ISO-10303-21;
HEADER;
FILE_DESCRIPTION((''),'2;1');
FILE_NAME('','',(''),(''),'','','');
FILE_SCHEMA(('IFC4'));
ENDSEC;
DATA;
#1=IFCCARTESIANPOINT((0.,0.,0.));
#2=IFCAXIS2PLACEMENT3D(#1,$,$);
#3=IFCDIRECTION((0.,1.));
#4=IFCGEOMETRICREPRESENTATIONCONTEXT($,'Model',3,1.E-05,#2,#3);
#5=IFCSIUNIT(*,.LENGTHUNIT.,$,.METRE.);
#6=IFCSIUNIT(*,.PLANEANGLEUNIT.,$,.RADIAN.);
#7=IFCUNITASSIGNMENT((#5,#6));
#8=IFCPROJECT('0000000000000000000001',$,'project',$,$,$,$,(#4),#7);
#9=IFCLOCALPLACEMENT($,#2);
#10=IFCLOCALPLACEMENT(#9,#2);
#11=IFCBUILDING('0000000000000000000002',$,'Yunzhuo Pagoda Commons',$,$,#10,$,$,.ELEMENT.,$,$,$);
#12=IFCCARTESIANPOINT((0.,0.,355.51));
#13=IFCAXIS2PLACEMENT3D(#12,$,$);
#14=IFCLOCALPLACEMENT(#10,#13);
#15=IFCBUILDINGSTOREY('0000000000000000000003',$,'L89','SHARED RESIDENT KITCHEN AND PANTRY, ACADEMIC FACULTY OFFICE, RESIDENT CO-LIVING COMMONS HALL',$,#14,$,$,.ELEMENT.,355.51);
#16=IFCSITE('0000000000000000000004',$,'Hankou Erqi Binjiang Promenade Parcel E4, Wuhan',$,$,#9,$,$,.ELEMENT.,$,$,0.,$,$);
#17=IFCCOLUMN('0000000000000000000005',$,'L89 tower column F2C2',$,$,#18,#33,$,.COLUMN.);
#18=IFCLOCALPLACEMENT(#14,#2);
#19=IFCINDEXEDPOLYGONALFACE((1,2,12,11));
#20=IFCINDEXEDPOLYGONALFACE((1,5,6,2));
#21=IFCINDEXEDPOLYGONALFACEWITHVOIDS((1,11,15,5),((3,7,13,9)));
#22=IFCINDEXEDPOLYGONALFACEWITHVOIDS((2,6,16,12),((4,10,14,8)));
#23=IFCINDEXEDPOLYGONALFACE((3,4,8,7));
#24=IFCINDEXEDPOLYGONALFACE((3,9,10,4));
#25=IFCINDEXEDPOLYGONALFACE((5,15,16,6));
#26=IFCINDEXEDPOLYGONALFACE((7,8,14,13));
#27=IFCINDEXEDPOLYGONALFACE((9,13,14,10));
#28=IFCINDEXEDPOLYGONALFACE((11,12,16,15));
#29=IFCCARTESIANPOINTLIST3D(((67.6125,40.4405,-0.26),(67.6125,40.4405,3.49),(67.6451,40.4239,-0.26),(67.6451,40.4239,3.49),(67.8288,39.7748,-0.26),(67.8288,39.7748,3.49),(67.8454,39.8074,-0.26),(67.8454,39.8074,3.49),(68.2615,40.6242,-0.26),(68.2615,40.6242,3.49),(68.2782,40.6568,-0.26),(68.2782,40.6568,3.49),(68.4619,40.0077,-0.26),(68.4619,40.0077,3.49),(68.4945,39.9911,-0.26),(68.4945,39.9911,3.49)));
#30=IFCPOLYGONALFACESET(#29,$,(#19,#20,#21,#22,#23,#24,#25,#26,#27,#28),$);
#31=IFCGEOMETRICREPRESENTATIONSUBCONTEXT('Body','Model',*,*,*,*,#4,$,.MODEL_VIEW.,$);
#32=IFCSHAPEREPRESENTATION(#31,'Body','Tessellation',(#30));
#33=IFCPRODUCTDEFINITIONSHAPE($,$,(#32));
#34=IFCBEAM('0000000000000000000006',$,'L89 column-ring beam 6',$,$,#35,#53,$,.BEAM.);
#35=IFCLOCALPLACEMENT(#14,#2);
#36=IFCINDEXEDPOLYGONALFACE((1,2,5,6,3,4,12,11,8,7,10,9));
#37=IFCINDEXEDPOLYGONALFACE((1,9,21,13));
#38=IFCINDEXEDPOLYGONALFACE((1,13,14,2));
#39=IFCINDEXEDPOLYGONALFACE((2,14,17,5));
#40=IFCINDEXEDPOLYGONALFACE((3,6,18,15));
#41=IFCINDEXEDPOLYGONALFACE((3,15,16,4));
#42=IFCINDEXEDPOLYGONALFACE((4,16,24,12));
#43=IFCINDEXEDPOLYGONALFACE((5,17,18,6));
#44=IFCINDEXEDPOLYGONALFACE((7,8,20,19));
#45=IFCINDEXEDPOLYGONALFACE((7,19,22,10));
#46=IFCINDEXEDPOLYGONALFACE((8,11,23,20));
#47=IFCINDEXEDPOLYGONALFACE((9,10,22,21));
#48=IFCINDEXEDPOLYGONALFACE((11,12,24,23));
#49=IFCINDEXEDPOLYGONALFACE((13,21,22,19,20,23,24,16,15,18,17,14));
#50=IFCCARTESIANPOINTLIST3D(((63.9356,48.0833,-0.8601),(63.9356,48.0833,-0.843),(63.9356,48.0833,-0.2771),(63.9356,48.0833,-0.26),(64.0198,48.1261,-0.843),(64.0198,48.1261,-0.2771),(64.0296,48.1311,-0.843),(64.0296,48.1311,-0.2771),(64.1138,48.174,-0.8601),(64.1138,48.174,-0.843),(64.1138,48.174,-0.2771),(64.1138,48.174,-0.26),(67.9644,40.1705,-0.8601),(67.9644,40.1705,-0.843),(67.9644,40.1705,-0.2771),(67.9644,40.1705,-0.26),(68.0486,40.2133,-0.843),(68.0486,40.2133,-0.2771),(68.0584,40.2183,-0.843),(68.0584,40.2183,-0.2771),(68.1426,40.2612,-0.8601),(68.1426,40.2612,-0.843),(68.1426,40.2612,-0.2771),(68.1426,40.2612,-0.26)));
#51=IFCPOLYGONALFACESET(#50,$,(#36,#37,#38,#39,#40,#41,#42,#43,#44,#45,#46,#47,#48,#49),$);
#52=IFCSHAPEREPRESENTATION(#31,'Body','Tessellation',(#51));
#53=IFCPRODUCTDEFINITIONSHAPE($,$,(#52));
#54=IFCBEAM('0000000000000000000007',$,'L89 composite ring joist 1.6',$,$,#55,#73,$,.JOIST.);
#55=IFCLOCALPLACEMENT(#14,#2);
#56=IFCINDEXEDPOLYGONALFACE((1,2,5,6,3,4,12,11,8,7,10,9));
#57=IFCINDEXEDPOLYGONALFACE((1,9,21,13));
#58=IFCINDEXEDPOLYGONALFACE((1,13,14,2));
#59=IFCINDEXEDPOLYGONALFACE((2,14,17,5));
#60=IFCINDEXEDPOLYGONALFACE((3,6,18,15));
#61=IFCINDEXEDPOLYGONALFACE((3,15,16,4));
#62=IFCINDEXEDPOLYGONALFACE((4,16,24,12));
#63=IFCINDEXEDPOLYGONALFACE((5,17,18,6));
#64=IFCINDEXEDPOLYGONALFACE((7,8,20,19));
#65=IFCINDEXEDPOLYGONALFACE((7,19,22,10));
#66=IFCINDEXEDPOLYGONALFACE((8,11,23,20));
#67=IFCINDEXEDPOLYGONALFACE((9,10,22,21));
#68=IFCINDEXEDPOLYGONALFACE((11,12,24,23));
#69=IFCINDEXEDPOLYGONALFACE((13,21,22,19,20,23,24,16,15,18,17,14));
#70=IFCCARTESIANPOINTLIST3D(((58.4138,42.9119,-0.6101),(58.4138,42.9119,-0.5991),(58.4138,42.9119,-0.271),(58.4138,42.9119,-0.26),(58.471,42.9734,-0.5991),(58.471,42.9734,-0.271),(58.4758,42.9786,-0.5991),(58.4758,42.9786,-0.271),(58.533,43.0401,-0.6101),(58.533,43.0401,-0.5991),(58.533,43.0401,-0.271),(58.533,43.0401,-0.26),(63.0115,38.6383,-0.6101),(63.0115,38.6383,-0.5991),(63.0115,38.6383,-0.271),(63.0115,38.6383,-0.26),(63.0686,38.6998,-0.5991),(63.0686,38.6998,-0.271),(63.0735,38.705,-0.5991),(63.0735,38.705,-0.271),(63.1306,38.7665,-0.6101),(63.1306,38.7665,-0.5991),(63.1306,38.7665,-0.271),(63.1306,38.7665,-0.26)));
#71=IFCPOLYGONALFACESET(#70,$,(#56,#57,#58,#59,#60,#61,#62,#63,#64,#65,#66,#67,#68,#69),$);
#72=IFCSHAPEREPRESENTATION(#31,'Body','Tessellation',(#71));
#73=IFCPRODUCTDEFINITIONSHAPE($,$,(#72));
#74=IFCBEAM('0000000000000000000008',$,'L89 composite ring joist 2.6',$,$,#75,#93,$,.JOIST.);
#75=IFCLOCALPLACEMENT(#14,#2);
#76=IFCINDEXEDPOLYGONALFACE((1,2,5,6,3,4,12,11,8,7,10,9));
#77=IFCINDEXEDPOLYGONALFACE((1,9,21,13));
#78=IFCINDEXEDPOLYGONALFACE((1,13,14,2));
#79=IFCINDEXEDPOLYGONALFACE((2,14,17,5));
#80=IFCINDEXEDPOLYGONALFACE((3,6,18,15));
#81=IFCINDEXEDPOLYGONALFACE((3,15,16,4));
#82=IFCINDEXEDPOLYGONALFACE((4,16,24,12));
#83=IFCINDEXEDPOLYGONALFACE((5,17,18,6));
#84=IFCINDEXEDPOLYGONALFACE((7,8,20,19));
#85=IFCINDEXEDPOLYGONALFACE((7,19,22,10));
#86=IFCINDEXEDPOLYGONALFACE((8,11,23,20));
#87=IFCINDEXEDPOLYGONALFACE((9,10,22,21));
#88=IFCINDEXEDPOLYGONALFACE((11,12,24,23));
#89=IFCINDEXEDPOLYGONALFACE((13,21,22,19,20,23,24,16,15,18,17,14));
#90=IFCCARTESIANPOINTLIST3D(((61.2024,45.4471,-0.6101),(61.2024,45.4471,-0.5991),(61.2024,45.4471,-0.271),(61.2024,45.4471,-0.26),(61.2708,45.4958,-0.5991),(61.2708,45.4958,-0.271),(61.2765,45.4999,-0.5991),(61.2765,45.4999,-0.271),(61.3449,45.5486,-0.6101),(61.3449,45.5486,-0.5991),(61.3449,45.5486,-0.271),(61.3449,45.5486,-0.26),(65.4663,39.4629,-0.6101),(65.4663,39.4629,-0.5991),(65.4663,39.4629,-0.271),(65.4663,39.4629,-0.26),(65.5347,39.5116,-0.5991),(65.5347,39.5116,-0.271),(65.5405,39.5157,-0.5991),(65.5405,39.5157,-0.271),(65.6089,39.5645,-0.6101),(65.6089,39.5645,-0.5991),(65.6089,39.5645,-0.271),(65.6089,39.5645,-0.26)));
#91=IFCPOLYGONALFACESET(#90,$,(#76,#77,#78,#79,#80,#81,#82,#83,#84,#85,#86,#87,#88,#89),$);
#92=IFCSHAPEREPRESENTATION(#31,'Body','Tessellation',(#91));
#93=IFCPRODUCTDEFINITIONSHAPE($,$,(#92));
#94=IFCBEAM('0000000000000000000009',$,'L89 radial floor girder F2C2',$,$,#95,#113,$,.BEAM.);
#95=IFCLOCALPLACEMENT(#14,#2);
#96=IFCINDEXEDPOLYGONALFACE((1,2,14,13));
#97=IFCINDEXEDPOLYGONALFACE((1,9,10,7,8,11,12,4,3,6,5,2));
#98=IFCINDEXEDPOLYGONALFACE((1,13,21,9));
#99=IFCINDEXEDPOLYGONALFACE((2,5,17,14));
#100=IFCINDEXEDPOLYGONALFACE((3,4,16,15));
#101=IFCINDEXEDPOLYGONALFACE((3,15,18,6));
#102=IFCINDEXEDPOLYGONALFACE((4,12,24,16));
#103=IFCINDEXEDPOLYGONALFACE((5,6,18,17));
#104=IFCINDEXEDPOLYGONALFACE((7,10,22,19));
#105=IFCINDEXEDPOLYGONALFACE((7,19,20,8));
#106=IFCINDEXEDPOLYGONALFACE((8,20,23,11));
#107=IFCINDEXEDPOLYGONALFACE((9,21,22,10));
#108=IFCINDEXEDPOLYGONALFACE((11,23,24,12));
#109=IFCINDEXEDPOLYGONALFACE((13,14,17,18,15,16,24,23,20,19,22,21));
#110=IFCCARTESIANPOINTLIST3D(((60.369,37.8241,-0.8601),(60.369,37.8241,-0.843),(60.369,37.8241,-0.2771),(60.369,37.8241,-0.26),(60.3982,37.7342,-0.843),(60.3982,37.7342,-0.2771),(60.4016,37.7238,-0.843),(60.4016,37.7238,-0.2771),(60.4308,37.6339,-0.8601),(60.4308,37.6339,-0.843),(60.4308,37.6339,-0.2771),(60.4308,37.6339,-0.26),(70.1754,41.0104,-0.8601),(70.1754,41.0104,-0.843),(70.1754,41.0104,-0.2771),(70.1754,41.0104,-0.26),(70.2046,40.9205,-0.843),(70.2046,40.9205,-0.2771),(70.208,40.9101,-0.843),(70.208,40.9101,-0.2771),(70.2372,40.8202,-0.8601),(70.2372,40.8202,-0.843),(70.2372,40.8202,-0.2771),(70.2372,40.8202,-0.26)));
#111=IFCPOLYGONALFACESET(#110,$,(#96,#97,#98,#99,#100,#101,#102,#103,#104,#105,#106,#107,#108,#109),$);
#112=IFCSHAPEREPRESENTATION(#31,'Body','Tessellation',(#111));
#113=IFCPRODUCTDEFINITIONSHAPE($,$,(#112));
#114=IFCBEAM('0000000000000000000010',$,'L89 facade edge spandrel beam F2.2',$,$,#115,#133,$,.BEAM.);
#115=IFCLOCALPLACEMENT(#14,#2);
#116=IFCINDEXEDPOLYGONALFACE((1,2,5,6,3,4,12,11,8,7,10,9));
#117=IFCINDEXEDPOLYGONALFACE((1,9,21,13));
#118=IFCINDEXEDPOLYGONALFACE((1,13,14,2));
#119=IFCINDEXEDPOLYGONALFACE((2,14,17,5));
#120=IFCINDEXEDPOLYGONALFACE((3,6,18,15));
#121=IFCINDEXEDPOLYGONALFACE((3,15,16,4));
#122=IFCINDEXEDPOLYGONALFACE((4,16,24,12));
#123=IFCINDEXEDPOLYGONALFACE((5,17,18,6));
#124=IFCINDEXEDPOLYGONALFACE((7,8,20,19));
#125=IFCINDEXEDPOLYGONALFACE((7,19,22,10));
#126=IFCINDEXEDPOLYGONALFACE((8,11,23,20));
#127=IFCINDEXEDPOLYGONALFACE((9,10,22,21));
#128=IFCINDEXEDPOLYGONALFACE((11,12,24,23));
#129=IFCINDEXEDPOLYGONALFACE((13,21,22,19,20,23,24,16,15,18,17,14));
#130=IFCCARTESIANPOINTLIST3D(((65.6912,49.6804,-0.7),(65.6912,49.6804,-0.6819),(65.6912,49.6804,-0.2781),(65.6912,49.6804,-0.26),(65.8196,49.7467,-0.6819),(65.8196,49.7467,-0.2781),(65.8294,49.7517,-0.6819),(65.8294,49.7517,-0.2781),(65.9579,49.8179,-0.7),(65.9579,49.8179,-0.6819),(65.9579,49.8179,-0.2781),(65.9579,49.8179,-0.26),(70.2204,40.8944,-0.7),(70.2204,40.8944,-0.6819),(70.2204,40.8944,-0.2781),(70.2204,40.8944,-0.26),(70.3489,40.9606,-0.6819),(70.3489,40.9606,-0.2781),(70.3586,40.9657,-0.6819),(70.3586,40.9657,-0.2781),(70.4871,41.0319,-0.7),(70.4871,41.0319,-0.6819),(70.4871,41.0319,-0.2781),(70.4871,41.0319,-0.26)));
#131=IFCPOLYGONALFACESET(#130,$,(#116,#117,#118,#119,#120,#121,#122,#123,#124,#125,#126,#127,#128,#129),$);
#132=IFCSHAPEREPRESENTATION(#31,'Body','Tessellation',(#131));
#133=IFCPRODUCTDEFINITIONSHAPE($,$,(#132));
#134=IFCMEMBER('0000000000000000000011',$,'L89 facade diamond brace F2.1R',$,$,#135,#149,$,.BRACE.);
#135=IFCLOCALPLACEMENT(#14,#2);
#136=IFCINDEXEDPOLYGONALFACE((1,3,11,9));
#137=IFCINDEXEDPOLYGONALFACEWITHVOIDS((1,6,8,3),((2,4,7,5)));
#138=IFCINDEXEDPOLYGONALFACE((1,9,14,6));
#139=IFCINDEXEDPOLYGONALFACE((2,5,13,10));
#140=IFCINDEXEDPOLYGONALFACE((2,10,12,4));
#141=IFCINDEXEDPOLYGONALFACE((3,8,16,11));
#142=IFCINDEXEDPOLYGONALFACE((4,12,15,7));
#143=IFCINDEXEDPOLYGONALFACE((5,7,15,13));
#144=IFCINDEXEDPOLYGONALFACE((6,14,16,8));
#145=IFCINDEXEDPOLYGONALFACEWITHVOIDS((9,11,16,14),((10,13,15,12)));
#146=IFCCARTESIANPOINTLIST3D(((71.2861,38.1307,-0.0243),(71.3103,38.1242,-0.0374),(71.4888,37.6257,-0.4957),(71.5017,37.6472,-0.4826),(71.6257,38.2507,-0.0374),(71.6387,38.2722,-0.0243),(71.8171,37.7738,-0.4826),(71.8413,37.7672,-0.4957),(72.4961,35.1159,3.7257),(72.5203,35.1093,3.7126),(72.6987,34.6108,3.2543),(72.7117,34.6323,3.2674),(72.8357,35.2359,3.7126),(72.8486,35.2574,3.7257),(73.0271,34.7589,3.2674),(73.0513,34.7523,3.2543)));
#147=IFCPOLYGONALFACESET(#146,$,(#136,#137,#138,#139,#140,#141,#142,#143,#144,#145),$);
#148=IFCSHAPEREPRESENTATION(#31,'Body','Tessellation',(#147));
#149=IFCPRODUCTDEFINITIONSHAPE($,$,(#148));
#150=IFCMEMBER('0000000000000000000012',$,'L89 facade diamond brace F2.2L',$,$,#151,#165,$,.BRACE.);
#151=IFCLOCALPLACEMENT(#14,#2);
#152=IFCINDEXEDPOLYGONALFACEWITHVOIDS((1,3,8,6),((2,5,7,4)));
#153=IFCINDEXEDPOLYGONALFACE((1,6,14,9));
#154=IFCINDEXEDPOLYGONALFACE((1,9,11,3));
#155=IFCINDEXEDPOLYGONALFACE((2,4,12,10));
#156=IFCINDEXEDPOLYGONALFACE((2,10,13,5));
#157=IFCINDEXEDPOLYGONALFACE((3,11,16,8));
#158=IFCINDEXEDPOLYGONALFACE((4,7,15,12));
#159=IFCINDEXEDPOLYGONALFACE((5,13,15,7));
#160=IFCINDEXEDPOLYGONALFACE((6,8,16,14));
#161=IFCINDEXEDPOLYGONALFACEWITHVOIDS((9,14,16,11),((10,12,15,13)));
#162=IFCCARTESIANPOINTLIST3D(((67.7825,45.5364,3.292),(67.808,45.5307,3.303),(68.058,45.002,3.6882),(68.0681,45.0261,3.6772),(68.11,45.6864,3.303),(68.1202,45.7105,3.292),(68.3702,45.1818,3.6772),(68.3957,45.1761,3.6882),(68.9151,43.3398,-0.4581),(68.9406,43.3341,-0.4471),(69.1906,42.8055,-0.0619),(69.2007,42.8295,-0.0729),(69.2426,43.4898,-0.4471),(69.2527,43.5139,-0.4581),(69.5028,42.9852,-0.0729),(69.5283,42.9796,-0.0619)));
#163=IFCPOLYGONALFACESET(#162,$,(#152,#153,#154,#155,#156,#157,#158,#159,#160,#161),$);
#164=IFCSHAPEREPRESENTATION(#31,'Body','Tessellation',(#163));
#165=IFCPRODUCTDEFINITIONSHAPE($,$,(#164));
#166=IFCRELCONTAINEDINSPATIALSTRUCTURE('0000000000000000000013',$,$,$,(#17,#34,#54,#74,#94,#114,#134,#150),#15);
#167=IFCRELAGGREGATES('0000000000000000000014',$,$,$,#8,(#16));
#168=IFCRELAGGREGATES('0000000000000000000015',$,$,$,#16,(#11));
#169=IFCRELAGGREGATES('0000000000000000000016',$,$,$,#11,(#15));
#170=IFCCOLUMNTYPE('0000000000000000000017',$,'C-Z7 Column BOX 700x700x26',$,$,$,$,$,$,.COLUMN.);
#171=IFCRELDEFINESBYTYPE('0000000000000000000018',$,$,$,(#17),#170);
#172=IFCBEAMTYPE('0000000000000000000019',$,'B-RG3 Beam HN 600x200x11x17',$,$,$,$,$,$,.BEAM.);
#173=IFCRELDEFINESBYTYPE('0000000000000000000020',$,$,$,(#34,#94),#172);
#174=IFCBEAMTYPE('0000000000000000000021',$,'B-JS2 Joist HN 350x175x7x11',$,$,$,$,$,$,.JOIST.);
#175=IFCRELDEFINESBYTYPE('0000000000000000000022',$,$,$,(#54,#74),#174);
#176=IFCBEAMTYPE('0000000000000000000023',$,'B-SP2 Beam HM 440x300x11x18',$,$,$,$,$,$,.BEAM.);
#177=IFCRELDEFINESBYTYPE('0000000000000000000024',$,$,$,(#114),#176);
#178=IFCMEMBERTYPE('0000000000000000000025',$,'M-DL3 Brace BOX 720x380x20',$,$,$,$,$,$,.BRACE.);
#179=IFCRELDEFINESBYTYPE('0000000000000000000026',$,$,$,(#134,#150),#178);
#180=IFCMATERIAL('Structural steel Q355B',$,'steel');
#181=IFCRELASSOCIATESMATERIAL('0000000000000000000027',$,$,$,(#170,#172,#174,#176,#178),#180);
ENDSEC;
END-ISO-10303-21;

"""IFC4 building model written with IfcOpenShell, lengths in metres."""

from ifc_helpers import new_model, si_unit, direction, frame, origin, origin_2d, place, context, subcontext, project, spatial, hollow_rectangle, i_section, extrude, source, transform, mapped, material, material_profile, profile_set, type_object, element, save


model = new_model("IFC4")

# Units and contexts
model_context = context("Model", 3, precision=1e-05, world=origin(), true_north=direction((0.0, 1.0)))
body_context = subcontext(model_context, "Body", "Model", "MODEL_VIEW")
ifc_project = project(units=[si_unit("LENGTHUNIT", "METRE"), si_unit("PLANEANGLEUNIT", "RADIAN")], contexts=[model_context])

# Site, building, storey
site_placement = place(None, origin())
site = spatial("IfcSite", under=ifc_project, at=site_placement, Name="Hankou Erqi Binjiang Promenade Parcel E4, Wuhan", CompositionType="ELEMENT", RefElevation=0.0)
building_placement = place(site_placement, origin())
building = spatial("IfcBuilding", under=site, at=building_placement, Name="Yunzhuo Pagoda Commons", CompositionType="ELEMENT")
storey_placement = place(building_placement, frame((0.0, 0.0, 355.51)))
storey = spatial("IfcBuildingStorey", under=building, at=storey_placement, Name="L89", Description="SHARED RESIDENT KITCHEN AND PANTRY, ACADEMIC FACULTY OFFICE, RESIDENT CO-LIVING COMMONS HALL", CompositionType="ELEMENT", Elevation=355.51)

# Column
ifc_material_1 = material(Name="Structural steel Q355B", Category="steel")
ifc_material_profile_1 = material_profile(ifc_material_1, hollow_rectangle(XDim=0.7, YDim=0.7, WallThickness=0.0259, at=origin_2d()), Name="Structural steel Q355B")
ifc_profile_set_1 = profile_set([ifc_material_profile_1], Name="Structural steel Q355B")
column_type = type_object("IfcColumnType", Name="C-Z7 Column BOX 700x700x26", PredefinedType="COLUMN", material=ifc_profile_set_1)
shared_shape_1 = source(origin(), body_context, "Body", "SweptSolid", [
    extrude(hollow_rectangle(XDim=0.7, YDim=0.7, WallThickness=0.0259, at=origin_2d()), origin(), (0.0, 0.0, 1.0), 3.75),
])
column_placement = place(storey_placement, frame((68.0535, 40.2158, -0.26), z_axis=(0.0, 0.0, 1.0), x_axis=(-0.309017, 0.951057, 0.0)))
element("IfcColumn", 1, at=column_placement, inside=storey, type_object=column_type, Name="L89 tower column F2C2", PredefinedType="COLUMN", context=body_context, shape_type="MappedRepresentation", body=[
    mapped(shared_shape_1, transform((0.0, 0.0, 0.0), scale=1.0)),
])

# Beams
ifc_material_profile_2 = material_profile(ifc_material_1, i_section(OverallWidth=0.2, OverallDepth=0.6001, WebThickness=0.011, FlangeThickness=0.0171, at=origin_2d()), Name="Structural steel Q355B")
ifc_profile_set_2 = profile_set([ifc_material_profile_2], Name="Structural steel Q355B")
beam_type_1 = type_object("IfcBeamType", Name="B-RG3 Beam HN 600x200x11x17", PredefinedType="BEAM", material=ifc_profile_set_2)
shared_shape_2 = source(origin(), body_context, "Body", "SweptSolid", [
    extrude(i_section(OverallWidth=0.2, OverallDepth=0.6001, WebThickness=0.011, FlangeThickness=0.0171, at=origin_2d()), origin(), (0.0, 0.0, 1.0), 8.8794),
])
beam_1_placement = place(storey_placement, frame((68.0535, 40.2158, -0.5601), z_axis=(-0.453724, 0.891142, 0.0), x_axis=(-0.891142, -0.453724, 0.0)))
element("IfcBeam", 2, at=beam_1_placement, inside=storey, type_object=beam_type_1, Name="L89 column-ring beam 6", PredefinedType="BEAM", context=body_context, shape_type="MappedRepresentation", body=[
    mapped(shared_shape_2, transform((0.0, 0.0, 0.0), scale=1.0)),
])
ifc_material_profile_3 = material_profile(ifc_material_1, i_section(OverallWidth=0.175, OverallDepth=0.3501, WebThickness=0.0071, FlangeThickness=0.011, at=origin_2d()), Name="Structural steel Q355B")
ifc_profile_set_3 = profile_set([ifc_material_profile_3], Name="Structural steel Q355B")
beam_type_2 = type_object("IfcBeamType", Name="B-JS2 Joist HN 350x175x7x11", PredefinedType="JOIST", material=ifc_profile_set_3)
shared_shape_3 = source(origin(), body_context, "Body", "SweptSolid", [
    extrude(i_section(OverallWidth=0.175, OverallDepth=0.3501, WebThickness=0.0071, FlangeThickness=0.011, at=origin_2d()), origin(), (0.0, 0.0, 1.0), 6.2771),
])
beam_2_placement = place(storey_placement, frame((63.071, 38.7024, -0.4351), z_axis=(-0.732442, 0.68083, 0.0), x_axis=(-0.68083, -0.732442, 0.0)))
element("IfcBeam", 3, at=beam_2_placement, inside=storey, type_object=beam_type_2, Name="L89 composite ring joist 1.6", PredefinedType="JOIST", context=body_context, shape_type="MappedRepresentation", body=[
    mapped(shared_shape_3, transform((0.0, 0.0, 0.0), scale=1.0)),
])
shared_shape_4 = source(origin(), body_context, "Body", "SweptSolid", [
    extrude(i_section(OverallWidth=0.175, OverallDepth=0.3501, WebThickness=0.0071, FlangeThickness=0.011, at=origin_2d()), origin(), (0.0, 0.0, 1.0), 7.3479),
])
beam_3_placement = place(storey_placement, frame((65.5376, 39.5137, -0.4351), z_axis=(-0.580295, 0.814406, 0.0), x_axis=(-0.814406, -0.580295, 0.0)))
element("IfcBeam", 4, at=beam_3_placement, inside=storey, type_object=beam_type_2, Name="L89 composite ring joist 2.6", PredefinedType="JOIST", context=body_context, shape_type="MappedRepresentation", body=[
    mapped(shared_shape_4, transform((0.0, 0.0, 0.0), scale=1.0)),
])
shared_shape_5 = source(origin(), body_context, "Body", "SweptSolid", [
    extrude(i_section(OverallWidth=0.2, OverallDepth=0.6001, WebThickness=0.011, FlangeThickness=0.0171, at=origin_2d()), origin(), (0.0, 0.0, 1.0), 10.311),
])
beam_4_placement = place(storey_placement, frame((70.2063, 40.9153, -0.5601), z_axis=(-0.951057, -0.309016, 0.0), x_axis=(0.309016, -0.951057, 0.0)))
element("IfcBeam", 5, at=beam_4_placement, inside=storey, type_object=beam_type_1, Name="L89 radial floor girder F2C2", PredefinedType="BEAM", context=body_context, shape_type="MappedRepresentation", body=[
    mapped(shared_shape_5, transform((0.0, 0.0, 0.0), scale=1.0)),
])
ifc_material_profile_4 = material_profile(ifc_material_1, i_section(OverallWidth=0.3, OverallDepth=0.4399, WebThickness=0.011, FlangeThickness=0.0181, at=origin_2d()), Name="Structural steel Q355B")
ifc_profile_set_4 = profile_set([ifc_material_profile_4], Name="Structural steel Q355B")
beam_type_3 = type_object("IfcBeamType", Name="B-SP2 Beam HM 440x300x11x18", PredefinedType="BEAM", material=ifc_profile_set_4)
shared_shape_6 = source(origin(), body_context, "Body", "SweptSolid", [
    extrude(i_section(OverallWidth=0.3, OverallDepth=0.4399, WebThickness=0.011, FlangeThickness=0.0181, at=origin_2d()), origin(), (0.0, 0.0, 1.0), 9.8848),
])
beam_5_placement = place(storey_placement, frame((70.3538, 40.9631, -0.48), z_axis=(-0.458205, 0.888847, 0.0), x_axis=(-0.888847, -0.458205, 0.0)))
element("IfcBeam", 6, at=beam_5_placement, inside=storey, type_object=beam_type_3, Name="L89 facade edge spandrel beam F2.2", PredefinedType="BEAM", context=body_context, shape_type="MappedRepresentation", body=[
    mapped(shared_shape_6, transform((0.0, 0.0, 0.0), scale=1.0)),
])

# Members
ifc_material_profile_5 = material_profile(ifc_material_1, hollow_rectangle(XDim=0.3799, YDim=0.72, WallThickness=0.02, at=origin_2d()), Name="Structural steel Q355B")
ifc_profile_set_5 = profile_set([ifc_material_profile_5], Name="Structural steel Q355B")
member_type_1 = type_object("IfcMemberType", Name="M-DL3 Brace BOX 720x380x20", PredefinedType="BRACE", material=ifc_profile_set_5)
shared_shape_7 = source(origin(), body_context, "Body", "SweptSolid", [
    extrude(hollow_rectangle(XDim=0.3799, YDim=0.72, WallThickness=0.02, at=origin_2d()), origin(), (0.0, 0.0, 1.0), 4.9614),
])
member_1_placement = place(storey_placement, frame((71.5637, 37.949, -0.26), z_axis=(0.243872, -0.607662, 0.755826), x_axis=(0.928051, 0.372453, 0.0)))
element("IfcMember", 7, at=member_1_placement, inside=storey, type_object=member_type_1, Name="L89 facade diamond brace F2.1R", PredefinedType="BRACE", context=body_context, shape_type="MappedRepresentation", body=[
    mapped(shared_shape_7, transform((0.0, 0.0, 0.0), scale=1.0)),
])
shared_shape_8 = source(origin(), body_context, "Body", "SweptSolid", [
    extrude(hollow_rectangle(XDim=0.3799, YDim=0.72, WallThickness=0.02, at=origin_2d()), origin(), (0.0, 0.0, 1.0), 4.4912),
])
member_2_placement = place(storey_placement, frame((69.2217, 43.1597, -0.26), z_axis=(-0.252181, 0.489086, 0.834985), x_axis=(-0.888806, -0.458283, 0.0)))
element("IfcMember", 8, at=member_2_placement, inside=storey, type_object=member_type_1, Name="L89 facade diamond brace F2.2L", PredefinedType="BRACE", context=body_context, shape_type="MappedRepresentation", body=[
    mapped(shared_shape_8, transform((0.0, 0.0, 0.0), scale=1.0)),
])

save(model, "model.ifc")
